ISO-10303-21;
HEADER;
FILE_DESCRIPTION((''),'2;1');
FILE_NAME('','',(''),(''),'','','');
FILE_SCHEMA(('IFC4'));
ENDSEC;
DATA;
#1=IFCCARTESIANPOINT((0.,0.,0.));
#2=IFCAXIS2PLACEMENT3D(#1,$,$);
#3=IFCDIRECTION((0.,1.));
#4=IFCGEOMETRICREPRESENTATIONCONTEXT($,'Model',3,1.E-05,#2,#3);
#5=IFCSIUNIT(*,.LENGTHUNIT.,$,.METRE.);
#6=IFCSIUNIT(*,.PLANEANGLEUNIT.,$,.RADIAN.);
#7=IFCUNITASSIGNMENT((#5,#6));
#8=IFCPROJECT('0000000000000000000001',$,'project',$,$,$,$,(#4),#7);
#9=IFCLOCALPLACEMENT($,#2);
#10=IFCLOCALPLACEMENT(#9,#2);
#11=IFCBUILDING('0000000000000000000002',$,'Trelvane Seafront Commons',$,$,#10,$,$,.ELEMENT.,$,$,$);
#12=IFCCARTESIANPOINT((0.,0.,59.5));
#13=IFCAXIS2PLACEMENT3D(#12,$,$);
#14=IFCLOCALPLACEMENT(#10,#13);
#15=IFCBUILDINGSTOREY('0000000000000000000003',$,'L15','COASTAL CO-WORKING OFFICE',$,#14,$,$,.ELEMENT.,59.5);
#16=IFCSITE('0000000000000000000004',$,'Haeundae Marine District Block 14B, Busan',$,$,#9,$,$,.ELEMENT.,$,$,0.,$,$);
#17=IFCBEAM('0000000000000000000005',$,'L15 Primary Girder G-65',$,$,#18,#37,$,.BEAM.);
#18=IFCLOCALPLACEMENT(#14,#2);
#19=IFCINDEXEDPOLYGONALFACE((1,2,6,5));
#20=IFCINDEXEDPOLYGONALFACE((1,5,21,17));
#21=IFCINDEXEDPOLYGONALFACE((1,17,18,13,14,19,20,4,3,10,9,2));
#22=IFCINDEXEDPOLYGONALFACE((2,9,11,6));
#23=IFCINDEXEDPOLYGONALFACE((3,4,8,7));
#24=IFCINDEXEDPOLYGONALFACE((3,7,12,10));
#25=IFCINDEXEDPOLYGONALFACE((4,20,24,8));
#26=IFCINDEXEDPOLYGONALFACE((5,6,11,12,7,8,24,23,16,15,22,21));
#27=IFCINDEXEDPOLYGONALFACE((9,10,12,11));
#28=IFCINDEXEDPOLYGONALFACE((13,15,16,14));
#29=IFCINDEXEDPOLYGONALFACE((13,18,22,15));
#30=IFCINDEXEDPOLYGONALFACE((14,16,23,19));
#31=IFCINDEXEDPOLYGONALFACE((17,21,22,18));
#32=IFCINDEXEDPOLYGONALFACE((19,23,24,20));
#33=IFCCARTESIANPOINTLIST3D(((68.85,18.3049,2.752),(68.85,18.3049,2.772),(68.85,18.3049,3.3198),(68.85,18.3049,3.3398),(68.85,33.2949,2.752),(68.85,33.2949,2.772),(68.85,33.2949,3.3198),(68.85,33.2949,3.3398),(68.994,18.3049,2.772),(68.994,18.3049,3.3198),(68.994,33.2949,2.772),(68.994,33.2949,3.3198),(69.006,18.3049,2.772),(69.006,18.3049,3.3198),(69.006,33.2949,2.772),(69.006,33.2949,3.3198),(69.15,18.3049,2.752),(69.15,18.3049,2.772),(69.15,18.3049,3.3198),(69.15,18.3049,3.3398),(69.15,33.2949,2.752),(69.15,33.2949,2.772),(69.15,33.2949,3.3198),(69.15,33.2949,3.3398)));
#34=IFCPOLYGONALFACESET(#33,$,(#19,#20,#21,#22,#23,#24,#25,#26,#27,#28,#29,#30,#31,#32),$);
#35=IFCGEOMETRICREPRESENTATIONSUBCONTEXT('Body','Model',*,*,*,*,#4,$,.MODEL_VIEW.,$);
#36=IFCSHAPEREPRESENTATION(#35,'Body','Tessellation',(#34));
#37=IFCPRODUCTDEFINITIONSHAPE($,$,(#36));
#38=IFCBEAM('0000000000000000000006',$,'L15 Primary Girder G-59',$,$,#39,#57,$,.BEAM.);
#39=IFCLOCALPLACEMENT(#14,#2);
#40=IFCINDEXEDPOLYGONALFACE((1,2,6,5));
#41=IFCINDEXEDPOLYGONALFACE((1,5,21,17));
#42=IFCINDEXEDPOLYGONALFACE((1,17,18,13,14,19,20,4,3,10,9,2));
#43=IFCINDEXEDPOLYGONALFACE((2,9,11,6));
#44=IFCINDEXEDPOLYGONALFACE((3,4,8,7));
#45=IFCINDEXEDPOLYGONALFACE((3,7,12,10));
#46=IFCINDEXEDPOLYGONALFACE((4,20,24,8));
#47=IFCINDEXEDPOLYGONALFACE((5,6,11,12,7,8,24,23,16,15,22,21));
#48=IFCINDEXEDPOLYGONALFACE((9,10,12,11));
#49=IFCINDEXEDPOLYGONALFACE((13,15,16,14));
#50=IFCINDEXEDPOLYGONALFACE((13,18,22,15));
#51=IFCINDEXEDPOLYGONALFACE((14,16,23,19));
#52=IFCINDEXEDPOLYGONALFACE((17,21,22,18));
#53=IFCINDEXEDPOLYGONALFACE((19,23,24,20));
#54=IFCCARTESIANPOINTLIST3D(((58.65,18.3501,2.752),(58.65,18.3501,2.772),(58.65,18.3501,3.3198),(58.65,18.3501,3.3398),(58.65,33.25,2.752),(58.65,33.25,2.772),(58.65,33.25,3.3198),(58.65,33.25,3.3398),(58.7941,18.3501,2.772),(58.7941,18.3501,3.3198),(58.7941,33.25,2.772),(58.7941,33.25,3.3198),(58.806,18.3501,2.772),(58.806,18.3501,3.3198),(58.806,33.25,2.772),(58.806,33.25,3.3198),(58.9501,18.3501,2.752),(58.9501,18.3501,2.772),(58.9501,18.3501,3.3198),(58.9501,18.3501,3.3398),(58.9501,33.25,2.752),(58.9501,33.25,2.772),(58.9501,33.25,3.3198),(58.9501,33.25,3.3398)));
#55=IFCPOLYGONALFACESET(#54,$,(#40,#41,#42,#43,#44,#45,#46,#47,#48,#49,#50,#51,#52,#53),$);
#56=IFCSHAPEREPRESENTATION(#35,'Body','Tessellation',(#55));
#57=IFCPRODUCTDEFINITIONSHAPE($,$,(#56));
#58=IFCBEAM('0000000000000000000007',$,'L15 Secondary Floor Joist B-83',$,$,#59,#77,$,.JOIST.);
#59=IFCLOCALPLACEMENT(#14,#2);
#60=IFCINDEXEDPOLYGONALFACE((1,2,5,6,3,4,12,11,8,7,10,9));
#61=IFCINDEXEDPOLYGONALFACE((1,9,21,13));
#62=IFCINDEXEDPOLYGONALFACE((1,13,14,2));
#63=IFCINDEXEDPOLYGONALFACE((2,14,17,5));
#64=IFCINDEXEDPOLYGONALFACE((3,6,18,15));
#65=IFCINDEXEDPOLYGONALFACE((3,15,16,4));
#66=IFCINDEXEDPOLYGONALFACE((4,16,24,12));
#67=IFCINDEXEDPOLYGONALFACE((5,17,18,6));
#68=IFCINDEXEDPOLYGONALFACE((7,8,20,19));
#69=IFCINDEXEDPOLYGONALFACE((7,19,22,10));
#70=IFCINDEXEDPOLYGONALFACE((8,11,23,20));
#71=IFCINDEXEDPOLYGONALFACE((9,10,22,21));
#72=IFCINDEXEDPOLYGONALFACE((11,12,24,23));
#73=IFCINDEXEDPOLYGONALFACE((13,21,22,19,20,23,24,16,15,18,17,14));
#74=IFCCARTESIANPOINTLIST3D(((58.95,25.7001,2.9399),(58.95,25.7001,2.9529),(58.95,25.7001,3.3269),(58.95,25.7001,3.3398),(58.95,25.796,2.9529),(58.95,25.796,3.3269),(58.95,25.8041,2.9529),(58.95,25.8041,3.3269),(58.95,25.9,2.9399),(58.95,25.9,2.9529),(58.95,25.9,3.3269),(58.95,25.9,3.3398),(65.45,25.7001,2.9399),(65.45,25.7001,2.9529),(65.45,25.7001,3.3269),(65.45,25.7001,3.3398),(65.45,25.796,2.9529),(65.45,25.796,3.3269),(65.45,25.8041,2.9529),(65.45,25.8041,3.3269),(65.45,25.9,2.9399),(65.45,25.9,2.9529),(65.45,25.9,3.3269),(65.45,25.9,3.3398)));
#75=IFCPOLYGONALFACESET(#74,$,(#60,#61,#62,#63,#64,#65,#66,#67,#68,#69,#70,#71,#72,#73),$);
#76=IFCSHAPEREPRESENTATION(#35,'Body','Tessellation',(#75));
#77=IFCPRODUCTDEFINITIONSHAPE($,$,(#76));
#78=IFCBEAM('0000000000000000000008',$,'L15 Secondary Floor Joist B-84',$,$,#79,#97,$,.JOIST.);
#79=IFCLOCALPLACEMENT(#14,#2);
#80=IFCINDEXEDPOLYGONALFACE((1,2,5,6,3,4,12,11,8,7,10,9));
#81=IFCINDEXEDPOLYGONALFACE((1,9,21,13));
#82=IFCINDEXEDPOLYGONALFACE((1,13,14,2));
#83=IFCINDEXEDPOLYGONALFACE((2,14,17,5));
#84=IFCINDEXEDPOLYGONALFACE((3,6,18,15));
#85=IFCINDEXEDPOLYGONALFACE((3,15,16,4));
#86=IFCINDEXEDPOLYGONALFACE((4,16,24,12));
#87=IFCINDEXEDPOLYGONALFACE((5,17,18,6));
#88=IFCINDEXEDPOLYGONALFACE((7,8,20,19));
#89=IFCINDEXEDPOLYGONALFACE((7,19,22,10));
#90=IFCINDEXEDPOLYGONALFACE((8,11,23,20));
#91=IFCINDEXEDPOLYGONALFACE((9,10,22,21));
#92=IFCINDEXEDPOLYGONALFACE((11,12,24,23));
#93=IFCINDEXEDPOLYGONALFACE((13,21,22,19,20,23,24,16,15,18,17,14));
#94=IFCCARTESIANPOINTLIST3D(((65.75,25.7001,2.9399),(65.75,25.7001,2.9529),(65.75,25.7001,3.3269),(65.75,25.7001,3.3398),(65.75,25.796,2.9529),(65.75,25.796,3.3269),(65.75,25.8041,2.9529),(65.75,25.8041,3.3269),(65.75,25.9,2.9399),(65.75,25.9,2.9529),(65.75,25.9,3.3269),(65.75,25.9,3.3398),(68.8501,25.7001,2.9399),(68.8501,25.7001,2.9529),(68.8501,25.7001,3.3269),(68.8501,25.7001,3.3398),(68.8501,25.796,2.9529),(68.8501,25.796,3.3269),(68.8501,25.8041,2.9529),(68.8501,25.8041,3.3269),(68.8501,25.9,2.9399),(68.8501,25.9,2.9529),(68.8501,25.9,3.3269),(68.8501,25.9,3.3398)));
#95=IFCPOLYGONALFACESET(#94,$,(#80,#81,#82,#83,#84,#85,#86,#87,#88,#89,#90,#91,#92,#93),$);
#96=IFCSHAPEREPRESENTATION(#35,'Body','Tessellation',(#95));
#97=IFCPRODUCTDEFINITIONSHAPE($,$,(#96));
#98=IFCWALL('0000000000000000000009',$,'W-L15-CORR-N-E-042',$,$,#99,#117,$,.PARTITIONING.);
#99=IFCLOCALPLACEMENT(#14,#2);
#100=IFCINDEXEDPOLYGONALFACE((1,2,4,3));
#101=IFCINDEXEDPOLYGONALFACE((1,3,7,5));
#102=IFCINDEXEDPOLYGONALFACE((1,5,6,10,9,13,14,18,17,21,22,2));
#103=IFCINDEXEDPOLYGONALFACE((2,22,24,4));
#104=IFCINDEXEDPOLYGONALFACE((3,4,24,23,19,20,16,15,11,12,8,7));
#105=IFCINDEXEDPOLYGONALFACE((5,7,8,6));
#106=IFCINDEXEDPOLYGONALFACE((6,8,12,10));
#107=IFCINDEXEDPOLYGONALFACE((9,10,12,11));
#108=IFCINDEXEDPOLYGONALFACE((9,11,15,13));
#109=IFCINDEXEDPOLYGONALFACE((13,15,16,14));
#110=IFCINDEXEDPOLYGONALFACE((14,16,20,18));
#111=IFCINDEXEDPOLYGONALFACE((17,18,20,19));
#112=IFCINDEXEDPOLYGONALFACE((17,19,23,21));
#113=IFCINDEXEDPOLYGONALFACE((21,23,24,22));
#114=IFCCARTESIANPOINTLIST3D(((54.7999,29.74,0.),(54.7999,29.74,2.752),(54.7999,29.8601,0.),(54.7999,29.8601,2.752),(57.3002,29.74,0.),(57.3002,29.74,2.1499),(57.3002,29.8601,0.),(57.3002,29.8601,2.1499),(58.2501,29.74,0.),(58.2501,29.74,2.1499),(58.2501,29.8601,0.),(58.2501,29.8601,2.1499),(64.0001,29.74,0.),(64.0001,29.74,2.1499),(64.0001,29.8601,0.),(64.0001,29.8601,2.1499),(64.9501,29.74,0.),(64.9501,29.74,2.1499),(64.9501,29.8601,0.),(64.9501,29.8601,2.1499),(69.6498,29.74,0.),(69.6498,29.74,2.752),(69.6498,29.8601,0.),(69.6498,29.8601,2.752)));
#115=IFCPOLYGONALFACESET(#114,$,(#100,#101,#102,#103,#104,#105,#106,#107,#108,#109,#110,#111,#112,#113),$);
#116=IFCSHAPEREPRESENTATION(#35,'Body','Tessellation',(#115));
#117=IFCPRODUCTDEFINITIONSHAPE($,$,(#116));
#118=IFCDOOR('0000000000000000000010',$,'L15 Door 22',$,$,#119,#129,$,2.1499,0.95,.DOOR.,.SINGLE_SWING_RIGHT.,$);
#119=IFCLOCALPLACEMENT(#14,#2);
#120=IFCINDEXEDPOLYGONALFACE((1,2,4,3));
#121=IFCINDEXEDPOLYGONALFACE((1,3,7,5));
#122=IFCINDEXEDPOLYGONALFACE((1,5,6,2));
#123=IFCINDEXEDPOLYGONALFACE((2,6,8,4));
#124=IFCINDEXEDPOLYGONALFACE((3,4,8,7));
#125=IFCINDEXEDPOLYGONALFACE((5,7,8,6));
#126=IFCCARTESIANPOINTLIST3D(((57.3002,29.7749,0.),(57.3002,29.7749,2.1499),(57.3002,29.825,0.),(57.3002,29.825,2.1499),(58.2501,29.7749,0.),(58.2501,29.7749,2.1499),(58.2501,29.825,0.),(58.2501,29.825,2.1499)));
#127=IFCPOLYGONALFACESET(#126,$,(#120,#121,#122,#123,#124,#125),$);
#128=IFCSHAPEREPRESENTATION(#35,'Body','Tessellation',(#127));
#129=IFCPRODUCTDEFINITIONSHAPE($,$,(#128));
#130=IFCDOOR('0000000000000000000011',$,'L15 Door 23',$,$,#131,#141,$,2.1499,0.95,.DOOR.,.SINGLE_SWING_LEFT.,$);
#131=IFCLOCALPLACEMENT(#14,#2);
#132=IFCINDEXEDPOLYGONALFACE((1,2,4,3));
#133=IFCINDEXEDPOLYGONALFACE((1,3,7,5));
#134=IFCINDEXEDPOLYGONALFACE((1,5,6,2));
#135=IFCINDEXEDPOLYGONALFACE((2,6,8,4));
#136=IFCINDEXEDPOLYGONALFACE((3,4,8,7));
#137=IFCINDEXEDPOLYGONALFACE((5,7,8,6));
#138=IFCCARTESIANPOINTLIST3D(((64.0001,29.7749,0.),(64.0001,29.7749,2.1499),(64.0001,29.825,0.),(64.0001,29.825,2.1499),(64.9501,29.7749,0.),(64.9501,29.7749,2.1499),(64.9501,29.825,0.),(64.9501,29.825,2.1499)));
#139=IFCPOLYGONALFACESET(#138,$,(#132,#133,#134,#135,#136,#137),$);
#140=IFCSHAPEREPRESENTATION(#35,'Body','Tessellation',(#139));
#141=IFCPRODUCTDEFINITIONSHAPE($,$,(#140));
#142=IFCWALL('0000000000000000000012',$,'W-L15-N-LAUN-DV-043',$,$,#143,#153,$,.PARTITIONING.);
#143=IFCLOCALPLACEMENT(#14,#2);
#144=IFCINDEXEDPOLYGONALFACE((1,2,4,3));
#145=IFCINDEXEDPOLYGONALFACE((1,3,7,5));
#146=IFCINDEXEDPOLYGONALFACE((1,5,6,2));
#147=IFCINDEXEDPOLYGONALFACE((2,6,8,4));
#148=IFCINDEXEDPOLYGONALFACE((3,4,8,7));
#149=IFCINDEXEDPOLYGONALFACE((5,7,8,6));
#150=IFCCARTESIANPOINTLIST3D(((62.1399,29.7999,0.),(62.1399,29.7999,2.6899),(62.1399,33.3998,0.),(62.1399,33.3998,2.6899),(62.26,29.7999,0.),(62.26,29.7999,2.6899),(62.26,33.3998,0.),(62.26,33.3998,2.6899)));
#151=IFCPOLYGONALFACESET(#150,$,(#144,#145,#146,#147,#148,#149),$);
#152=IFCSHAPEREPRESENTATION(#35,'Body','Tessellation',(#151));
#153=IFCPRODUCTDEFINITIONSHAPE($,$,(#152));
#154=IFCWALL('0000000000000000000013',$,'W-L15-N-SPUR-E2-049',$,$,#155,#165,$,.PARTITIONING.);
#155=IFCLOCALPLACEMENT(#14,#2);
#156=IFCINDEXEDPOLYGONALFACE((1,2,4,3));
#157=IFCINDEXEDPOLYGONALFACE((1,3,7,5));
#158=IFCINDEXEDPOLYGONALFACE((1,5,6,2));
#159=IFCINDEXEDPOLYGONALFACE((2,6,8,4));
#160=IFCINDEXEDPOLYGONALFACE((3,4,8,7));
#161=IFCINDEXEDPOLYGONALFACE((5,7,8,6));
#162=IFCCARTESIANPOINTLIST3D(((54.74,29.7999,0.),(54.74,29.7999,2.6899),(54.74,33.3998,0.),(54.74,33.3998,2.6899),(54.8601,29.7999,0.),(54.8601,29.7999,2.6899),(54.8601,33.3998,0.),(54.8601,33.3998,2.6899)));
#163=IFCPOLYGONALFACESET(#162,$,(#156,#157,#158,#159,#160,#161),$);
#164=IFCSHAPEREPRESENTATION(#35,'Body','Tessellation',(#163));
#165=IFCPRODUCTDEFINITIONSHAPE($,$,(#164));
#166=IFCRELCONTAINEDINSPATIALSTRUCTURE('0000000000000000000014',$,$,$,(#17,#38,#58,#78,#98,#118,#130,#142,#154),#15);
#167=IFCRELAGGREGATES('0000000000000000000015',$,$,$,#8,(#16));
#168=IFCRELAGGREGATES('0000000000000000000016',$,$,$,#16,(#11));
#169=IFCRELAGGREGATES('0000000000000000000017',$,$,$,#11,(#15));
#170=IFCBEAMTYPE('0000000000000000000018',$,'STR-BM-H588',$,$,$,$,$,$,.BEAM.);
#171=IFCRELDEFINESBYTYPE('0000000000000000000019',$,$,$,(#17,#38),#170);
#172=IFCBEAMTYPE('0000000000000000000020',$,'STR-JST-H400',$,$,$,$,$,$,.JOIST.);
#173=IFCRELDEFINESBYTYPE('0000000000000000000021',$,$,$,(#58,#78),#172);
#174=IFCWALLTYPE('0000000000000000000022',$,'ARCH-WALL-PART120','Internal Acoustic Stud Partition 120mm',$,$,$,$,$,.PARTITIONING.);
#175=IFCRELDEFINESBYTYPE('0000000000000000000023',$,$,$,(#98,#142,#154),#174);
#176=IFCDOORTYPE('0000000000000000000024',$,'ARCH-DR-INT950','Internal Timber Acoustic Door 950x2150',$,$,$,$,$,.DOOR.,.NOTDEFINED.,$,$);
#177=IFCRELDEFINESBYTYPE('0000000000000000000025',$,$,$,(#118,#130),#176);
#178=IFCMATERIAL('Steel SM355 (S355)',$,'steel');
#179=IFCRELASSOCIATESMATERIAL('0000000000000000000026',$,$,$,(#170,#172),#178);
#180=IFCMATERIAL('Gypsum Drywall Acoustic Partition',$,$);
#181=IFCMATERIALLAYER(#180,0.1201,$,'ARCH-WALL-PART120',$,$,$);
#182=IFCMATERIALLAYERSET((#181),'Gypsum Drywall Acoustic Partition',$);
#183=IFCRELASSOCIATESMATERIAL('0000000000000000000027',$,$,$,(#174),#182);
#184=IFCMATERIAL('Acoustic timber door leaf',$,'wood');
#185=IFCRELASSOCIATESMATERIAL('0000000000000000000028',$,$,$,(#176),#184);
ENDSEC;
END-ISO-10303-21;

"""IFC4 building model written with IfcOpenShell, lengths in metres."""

from ifc_helpers import new_model, si_unit, direction, frame, frame_2d, origin, origin_2d, place, context, subcontext, project, spatial, rectangle, i_section, extrude, source, transform, mapped, material, layer, layer_set, material_profile, profile_set, type_object, element, fill, save


model = new_model("IFC4")

# Units and contexts
model_context = context("Model", 3, precision=1e-05, world=origin(), true_north=direction((0.0, 1.0)))
body_context = subcontext(model_context, "Body", "Model", "MODEL_VIEW")
ifc_project = project(units=[si_unit("LENGTHUNIT", "METRE"), si_unit("PLANEANGLEUNIT", "RADIAN")], contexts=[model_context])

# Site, building, storey
site_placement = place(None, origin())
site = spatial("IfcSite", under=ifc_project, at=site_placement, Name="Haeundae Marine District Block 14B, Busan", CompositionType="ELEMENT", RefElevation=0.0)
building_placement = place(site_placement, origin())
building = spatial("IfcBuilding", under=site, at=building_placement, Name="Trelvane Seafront Commons", CompositionType="ELEMENT")
storey_placement = place(building_placement, frame((0.0, 0.0, 59.5)))
storey = spatial("IfcBuildingStorey", under=building, at=storey_placement, Name="L15", Description="COASTAL CO-WORKING OFFICE", CompositionType="ELEMENT", Elevation=59.5)

# Shared definitions
ifc_material_1 = material(Name="Steel SM355 (S355)", Category="steel")

# Beams
ifc_material_profile_1 = material_profile(ifc_material_1, i_section(OverallWidth=0.3, OverallDepth=0.5879, WebThickness=0.012, FlangeThickness=0.02, at=origin_2d()), Name="H-588x300x12x20")
ifc_profile_set_1 = profile_set([ifc_material_profile_1], Name="Steel SM355 (S355)")
beam_type_1 = type_object("IfcBeamType", Name="STR-BM-H588", PredefinedType="BEAM", material=ifc_profile_set_1)
shared_shape_1 = source(origin(), body_context, "Body", "SweptSolid", [
    extrude(i_section(OverallWidth=0.3, OverallDepth=0.5879, WebThickness=0.012, FlangeThickness=0.02, at=origin_2d()), origin(), (0.0, 0.0, 1.0), 14.99),
])
for number, where, z_axis, x_axis, name in (
    (1, (69.0, 18.3049, 3.0459), (0.0, 1.0, 0.0), (-1.0, 0.0, 0.0), "L15 Primary Girder G-65"),
):
    element("IfcBeam", number, at=place(storey_placement, frame(where, z_axis=z_axis, x_axis=x_axis)), inside=storey, type_object=beam_type_1, Name=name, PredefinedType="BEAM", context=body_context, shape_type="MappedRepresentation", body=[
        mapped(shared_shape_1, transform((0.0, 0.0, 0.0), x_axis=(1.0, 0.0, 0.0), y_axis=(0.0, 1.0, 0.0), z_axis=(0.0, 0.0, 1.0), scale=1.0)),
    ])
shared_shape_2 = source(origin(), body_context, "Body", "SweptSolid", [
    extrude(i_section(OverallWidth=0.3, OverallDepth=0.5879, WebThickness=0.012, FlangeThickness=0.02, at=origin_2d()), origin(), (0.0, 0.0, 1.0), 14.8999),
])
beam_1_placement = place(storey_placement, frame((58.8, 18.3501, 3.0459), z_axis=(0.0, 1.0, 0.0), x_axis=(-1.0, 0.0, 0.0)))
element("IfcBeam", 2, at=beam_1_placement, inside=storey, type_object=beam_type_1, Name="L15 Primary Girder G-59", PredefinedType="BEAM", context=body_context, shape_type="MappedRepresentation", body=[
    mapped(shared_shape_2, transform((0.0, 0.0, 0.0), x_axis=(1.0, 0.0, 0.0), y_axis=(0.0, 1.0, 0.0), z_axis=(0.0, 0.0, 1.0), scale=1.0)),
])
ifc_material_profile_2 = material_profile(ifc_material_1, i_section(OverallWidth=0.2, OverallDepth=0.3999, WebThickness=0.0081, FlangeThickness=0.0129, at=origin_2d()), Name="H-400x200x8x13")
ifc_profile_set_2 = profile_set([ifc_material_profile_2], Name="Steel SM355 (S355)")
beam_type_2 = type_object("IfcBeamType", Name="STR-JST-H400", PredefinedType="JOIST", material=ifc_profile_set_2)
shared_shape_3 = source(origin(), body_context, "Body", "SweptSolid", [
    extrude(i_section(OverallWidth=0.2, OverallDepth=0.3999, WebThickness=0.0081, FlangeThickness=0.0129, at=origin_2d()), origin(), (0.0, 0.0, 1.0), 6.5),
])
beam_2_placement = place(storey_placement, frame((58.95, 25.8, 3.1399), z_axis=(1.0, 0.0, 0.0), x_axis=(0.0, 1.0, 0.0)))
element("IfcBeam", 3, at=beam_2_placement, inside=storey, type_object=beam_type_2, Name="L15 Secondary Floor Joist B-83", PredefinedType="JOIST", context=body_context, shape_type="MappedRepresentation", body=[
    mapped(shared_shape_3, transform((0.0, 0.0, 0.0), x_axis=(1.0, 0.0, 0.0), y_axis=(0.0, 1.0, 0.0), z_axis=(0.0, 0.0, 1.0), scale=1.0)),
])
shared_shape_4 = source(origin(), body_context, "Body", "SweptSolid", [
    extrude(i_section(OverallWidth=0.2, OverallDepth=0.3999, WebThickness=0.0081, FlangeThickness=0.0129, at=origin_2d()), origin(), (0.0, 0.0, 1.0), 3.1001),
])
beam_3_placement = place(storey_placement, frame((65.75, 25.8, 3.1399), z_axis=(1.0, 0.0, 0.0), x_axis=(0.0, 1.0, 0.0)))
element("IfcBeam", 4, at=beam_3_placement, inside=storey, type_object=beam_type_2, Name="L15 Secondary Floor Joist B-84", PredefinedType="JOIST", context=body_context, shape_type="MappedRepresentation", body=[
    mapped(shared_shape_4, transform((0.0, 0.0, 0.0), x_axis=(1.0, 0.0, 0.0), y_axis=(0.0, 1.0, 0.0), z_axis=(0.0, 0.0, 1.0), scale=1.0)),
])

# Wall, openings, doors
ifc_material_2 = material(Name="Gypsum Drywall Acoustic Partition")
ifc_layer_1 = layer(ifc_material_2, 0.1201, Name="ARCH-WALL-PART120")
ifc_layer_set_1 = layer_set([ifc_layer_1], Name="Gypsum Drywall Acoustic Partition")
wall_type_1 = type_object("IfcWallType", Name="ARCH-WALL-PART120", Description="Internal Acoustic Stud Partition 120mm", PredefinedType="PARTITIONING", material=ifc_layer_set_1)
wall_1_placement = place(storey_placement, frame((54.8, 29.8, 0.0), z_axis=(0.0, 0.0, 1.0), x_axis=(1.0, 0.0, 0.0)))
wall_1 = element("IfcWall", 5, at=wall_1_placement, inside=storey, type_object=wall_type_1, Name="W-L15-CORR-N-E-042", PredefinedType="PARTITIONING", context=body_context, shape_type="SweptSolid", body=[
    extrude(rectangle(XDim=14.8499, YDim=0.1201, at=frame_2d((7.4248, 0.0))), origin(), (0.0, 0.0, 1.0), 2.752),
])
opening_1_placement = place(wall_1_placement, frame((2.5, 0.0, 0.0)))
opening_1 = element("IfcOpeningElement", 6, at=opening_1_placement, cuts=wall_1, PredefinedType="OPENING", context=body_context, shape_type="SweptSolid", body=[
    extrude(rectangle(XDim=0.95, YDim=2.1499, at=frame_2d((0.4751, 1.075))), frame((0.0, 0.0701, 0.0), z_axis=(0.0, -1.0, 0.0), x_axis=(1.0, 0.0, 0.0)), (0.0, 0.0, 1.0), 0.1401),
])
opening_2_placement = place(wall_1_placement, frame((9.2, 0.0, 0.0)))
opening_2 = element("IfcOpeningElement", 7, at=opening_2_placement, cuts=wall_1, PredefinedType="OPENING", context=body_context, shape_type="SweptSolid", body=[
    extrude(rectangle(XDim=0.95, YDim=2.1499, at=frame_2d((0.4751, 1.075))), frame((0.0, 0.0701, 0.0), z_axis=(0.0, -1.0, 0.0), x_axis=(1.0, 0.0, 0.0)), (0.0, 0.0, 1.0), 0.1401),
])
ifc_material_3 = material(Name="Acoustic timber door leaf", Category="wood")
door_type_1 = type_object("IfcDoorType", Name="ARCH-DR-INT950", Description="Internal Timber Acoustic Door 950x2150", OperationType="NOTDEFINED", PredefinedType="DOOR", material=ifc_material_3)
shared_shape_5 = source(origin(), body_context, "Body", "SweptSolid", [
    extrude(rectangle(XDim=0.95, YDim=2.1499, at=frame_2d((0.4751, 1.075))), frame((0.0, 0.0249, 0.0), z_axis=(0.0, -1.0, 0.0), x_axis=(1.0, 0.0, 0.0)), (0.0, 0.0, 1.0), 0.05),
])
door_1_placement = place(opening_1_placement, origin())
door_1 = element("IfcDoor", 8, at=door_1_placement, inside=storey, type_object=door_type_1, Name="L15 Door 22", OperationType="SINGLE_SWING_RIGHT", OverallHeight=2.1499, OverallWidth=0.95, PredefinedType="DOOR", context=body_context, shape_type="MappedRepresentation", body=[
    mapped(shared_shape_5, transform((0.0, 0.0, 0.0), x_axis=(1.0, 0.0, 0.0), y_axis=(0.0, 1.0, 0.0), z_axis=(0.0, 0.0, 1.0), scale=1.0)),
])
fill(opening_1, door_1)
door_2_placement = place(opening_2_placement, origin())
door_2 = element("IfcDoor", 9, at=door_2_placement, inside=storey, type_object=door_type_1, Name="L15 Door 23", OperationType="SINGLE_SWING_LEFT", OverallHeight=2.1499, OverallWidth=0.95, PredefinedType="DOOR", context=body_context, shape_type="MappedRepresentation", body=[
    mapped(shared_shape_5, transform((0.0, 0.0, 0.0), x_axis=(1.0, 0.0, 0.0), y_axis=(0.0, 1.0, 0.0), z_axis=(0.0, 0.0, 1.0), scale=1.0)),
])
fill(opening_2, door_2)

# Walls
for number, where, z_axis, x_axis, name in (
    (10, (62.2, 29.8, 0.0), (0.0, 0.0, 1.0), (0.0, 1.0, 0.0), "W-L15-N-LAUN-DV-043"),
    (11, (54.8, 29.8, 0.0), (0.0, 0.0, 1.0), (0.0, 1.0, 0.0), "W-L15-N-SPUR-E2-049"),
):
    element("IfcWall", number, at=place(storey_placement, frame(where, z_axis=z_axis, x_axis=x_axis)), inside=storey, type_object=wall_type_1, Name=name, PredefinedType="PARTITIONING", context=body_context, shape_type="SweptSolid", body=[
        extrude(rectangle(XDim=3.5999, YDim=0.1201, at=frame_2d((1.7998, 0.0))), origin(), (0.0, 0.0, 1.0), 2.6899),
    ])

save(model, "model.ifc")
